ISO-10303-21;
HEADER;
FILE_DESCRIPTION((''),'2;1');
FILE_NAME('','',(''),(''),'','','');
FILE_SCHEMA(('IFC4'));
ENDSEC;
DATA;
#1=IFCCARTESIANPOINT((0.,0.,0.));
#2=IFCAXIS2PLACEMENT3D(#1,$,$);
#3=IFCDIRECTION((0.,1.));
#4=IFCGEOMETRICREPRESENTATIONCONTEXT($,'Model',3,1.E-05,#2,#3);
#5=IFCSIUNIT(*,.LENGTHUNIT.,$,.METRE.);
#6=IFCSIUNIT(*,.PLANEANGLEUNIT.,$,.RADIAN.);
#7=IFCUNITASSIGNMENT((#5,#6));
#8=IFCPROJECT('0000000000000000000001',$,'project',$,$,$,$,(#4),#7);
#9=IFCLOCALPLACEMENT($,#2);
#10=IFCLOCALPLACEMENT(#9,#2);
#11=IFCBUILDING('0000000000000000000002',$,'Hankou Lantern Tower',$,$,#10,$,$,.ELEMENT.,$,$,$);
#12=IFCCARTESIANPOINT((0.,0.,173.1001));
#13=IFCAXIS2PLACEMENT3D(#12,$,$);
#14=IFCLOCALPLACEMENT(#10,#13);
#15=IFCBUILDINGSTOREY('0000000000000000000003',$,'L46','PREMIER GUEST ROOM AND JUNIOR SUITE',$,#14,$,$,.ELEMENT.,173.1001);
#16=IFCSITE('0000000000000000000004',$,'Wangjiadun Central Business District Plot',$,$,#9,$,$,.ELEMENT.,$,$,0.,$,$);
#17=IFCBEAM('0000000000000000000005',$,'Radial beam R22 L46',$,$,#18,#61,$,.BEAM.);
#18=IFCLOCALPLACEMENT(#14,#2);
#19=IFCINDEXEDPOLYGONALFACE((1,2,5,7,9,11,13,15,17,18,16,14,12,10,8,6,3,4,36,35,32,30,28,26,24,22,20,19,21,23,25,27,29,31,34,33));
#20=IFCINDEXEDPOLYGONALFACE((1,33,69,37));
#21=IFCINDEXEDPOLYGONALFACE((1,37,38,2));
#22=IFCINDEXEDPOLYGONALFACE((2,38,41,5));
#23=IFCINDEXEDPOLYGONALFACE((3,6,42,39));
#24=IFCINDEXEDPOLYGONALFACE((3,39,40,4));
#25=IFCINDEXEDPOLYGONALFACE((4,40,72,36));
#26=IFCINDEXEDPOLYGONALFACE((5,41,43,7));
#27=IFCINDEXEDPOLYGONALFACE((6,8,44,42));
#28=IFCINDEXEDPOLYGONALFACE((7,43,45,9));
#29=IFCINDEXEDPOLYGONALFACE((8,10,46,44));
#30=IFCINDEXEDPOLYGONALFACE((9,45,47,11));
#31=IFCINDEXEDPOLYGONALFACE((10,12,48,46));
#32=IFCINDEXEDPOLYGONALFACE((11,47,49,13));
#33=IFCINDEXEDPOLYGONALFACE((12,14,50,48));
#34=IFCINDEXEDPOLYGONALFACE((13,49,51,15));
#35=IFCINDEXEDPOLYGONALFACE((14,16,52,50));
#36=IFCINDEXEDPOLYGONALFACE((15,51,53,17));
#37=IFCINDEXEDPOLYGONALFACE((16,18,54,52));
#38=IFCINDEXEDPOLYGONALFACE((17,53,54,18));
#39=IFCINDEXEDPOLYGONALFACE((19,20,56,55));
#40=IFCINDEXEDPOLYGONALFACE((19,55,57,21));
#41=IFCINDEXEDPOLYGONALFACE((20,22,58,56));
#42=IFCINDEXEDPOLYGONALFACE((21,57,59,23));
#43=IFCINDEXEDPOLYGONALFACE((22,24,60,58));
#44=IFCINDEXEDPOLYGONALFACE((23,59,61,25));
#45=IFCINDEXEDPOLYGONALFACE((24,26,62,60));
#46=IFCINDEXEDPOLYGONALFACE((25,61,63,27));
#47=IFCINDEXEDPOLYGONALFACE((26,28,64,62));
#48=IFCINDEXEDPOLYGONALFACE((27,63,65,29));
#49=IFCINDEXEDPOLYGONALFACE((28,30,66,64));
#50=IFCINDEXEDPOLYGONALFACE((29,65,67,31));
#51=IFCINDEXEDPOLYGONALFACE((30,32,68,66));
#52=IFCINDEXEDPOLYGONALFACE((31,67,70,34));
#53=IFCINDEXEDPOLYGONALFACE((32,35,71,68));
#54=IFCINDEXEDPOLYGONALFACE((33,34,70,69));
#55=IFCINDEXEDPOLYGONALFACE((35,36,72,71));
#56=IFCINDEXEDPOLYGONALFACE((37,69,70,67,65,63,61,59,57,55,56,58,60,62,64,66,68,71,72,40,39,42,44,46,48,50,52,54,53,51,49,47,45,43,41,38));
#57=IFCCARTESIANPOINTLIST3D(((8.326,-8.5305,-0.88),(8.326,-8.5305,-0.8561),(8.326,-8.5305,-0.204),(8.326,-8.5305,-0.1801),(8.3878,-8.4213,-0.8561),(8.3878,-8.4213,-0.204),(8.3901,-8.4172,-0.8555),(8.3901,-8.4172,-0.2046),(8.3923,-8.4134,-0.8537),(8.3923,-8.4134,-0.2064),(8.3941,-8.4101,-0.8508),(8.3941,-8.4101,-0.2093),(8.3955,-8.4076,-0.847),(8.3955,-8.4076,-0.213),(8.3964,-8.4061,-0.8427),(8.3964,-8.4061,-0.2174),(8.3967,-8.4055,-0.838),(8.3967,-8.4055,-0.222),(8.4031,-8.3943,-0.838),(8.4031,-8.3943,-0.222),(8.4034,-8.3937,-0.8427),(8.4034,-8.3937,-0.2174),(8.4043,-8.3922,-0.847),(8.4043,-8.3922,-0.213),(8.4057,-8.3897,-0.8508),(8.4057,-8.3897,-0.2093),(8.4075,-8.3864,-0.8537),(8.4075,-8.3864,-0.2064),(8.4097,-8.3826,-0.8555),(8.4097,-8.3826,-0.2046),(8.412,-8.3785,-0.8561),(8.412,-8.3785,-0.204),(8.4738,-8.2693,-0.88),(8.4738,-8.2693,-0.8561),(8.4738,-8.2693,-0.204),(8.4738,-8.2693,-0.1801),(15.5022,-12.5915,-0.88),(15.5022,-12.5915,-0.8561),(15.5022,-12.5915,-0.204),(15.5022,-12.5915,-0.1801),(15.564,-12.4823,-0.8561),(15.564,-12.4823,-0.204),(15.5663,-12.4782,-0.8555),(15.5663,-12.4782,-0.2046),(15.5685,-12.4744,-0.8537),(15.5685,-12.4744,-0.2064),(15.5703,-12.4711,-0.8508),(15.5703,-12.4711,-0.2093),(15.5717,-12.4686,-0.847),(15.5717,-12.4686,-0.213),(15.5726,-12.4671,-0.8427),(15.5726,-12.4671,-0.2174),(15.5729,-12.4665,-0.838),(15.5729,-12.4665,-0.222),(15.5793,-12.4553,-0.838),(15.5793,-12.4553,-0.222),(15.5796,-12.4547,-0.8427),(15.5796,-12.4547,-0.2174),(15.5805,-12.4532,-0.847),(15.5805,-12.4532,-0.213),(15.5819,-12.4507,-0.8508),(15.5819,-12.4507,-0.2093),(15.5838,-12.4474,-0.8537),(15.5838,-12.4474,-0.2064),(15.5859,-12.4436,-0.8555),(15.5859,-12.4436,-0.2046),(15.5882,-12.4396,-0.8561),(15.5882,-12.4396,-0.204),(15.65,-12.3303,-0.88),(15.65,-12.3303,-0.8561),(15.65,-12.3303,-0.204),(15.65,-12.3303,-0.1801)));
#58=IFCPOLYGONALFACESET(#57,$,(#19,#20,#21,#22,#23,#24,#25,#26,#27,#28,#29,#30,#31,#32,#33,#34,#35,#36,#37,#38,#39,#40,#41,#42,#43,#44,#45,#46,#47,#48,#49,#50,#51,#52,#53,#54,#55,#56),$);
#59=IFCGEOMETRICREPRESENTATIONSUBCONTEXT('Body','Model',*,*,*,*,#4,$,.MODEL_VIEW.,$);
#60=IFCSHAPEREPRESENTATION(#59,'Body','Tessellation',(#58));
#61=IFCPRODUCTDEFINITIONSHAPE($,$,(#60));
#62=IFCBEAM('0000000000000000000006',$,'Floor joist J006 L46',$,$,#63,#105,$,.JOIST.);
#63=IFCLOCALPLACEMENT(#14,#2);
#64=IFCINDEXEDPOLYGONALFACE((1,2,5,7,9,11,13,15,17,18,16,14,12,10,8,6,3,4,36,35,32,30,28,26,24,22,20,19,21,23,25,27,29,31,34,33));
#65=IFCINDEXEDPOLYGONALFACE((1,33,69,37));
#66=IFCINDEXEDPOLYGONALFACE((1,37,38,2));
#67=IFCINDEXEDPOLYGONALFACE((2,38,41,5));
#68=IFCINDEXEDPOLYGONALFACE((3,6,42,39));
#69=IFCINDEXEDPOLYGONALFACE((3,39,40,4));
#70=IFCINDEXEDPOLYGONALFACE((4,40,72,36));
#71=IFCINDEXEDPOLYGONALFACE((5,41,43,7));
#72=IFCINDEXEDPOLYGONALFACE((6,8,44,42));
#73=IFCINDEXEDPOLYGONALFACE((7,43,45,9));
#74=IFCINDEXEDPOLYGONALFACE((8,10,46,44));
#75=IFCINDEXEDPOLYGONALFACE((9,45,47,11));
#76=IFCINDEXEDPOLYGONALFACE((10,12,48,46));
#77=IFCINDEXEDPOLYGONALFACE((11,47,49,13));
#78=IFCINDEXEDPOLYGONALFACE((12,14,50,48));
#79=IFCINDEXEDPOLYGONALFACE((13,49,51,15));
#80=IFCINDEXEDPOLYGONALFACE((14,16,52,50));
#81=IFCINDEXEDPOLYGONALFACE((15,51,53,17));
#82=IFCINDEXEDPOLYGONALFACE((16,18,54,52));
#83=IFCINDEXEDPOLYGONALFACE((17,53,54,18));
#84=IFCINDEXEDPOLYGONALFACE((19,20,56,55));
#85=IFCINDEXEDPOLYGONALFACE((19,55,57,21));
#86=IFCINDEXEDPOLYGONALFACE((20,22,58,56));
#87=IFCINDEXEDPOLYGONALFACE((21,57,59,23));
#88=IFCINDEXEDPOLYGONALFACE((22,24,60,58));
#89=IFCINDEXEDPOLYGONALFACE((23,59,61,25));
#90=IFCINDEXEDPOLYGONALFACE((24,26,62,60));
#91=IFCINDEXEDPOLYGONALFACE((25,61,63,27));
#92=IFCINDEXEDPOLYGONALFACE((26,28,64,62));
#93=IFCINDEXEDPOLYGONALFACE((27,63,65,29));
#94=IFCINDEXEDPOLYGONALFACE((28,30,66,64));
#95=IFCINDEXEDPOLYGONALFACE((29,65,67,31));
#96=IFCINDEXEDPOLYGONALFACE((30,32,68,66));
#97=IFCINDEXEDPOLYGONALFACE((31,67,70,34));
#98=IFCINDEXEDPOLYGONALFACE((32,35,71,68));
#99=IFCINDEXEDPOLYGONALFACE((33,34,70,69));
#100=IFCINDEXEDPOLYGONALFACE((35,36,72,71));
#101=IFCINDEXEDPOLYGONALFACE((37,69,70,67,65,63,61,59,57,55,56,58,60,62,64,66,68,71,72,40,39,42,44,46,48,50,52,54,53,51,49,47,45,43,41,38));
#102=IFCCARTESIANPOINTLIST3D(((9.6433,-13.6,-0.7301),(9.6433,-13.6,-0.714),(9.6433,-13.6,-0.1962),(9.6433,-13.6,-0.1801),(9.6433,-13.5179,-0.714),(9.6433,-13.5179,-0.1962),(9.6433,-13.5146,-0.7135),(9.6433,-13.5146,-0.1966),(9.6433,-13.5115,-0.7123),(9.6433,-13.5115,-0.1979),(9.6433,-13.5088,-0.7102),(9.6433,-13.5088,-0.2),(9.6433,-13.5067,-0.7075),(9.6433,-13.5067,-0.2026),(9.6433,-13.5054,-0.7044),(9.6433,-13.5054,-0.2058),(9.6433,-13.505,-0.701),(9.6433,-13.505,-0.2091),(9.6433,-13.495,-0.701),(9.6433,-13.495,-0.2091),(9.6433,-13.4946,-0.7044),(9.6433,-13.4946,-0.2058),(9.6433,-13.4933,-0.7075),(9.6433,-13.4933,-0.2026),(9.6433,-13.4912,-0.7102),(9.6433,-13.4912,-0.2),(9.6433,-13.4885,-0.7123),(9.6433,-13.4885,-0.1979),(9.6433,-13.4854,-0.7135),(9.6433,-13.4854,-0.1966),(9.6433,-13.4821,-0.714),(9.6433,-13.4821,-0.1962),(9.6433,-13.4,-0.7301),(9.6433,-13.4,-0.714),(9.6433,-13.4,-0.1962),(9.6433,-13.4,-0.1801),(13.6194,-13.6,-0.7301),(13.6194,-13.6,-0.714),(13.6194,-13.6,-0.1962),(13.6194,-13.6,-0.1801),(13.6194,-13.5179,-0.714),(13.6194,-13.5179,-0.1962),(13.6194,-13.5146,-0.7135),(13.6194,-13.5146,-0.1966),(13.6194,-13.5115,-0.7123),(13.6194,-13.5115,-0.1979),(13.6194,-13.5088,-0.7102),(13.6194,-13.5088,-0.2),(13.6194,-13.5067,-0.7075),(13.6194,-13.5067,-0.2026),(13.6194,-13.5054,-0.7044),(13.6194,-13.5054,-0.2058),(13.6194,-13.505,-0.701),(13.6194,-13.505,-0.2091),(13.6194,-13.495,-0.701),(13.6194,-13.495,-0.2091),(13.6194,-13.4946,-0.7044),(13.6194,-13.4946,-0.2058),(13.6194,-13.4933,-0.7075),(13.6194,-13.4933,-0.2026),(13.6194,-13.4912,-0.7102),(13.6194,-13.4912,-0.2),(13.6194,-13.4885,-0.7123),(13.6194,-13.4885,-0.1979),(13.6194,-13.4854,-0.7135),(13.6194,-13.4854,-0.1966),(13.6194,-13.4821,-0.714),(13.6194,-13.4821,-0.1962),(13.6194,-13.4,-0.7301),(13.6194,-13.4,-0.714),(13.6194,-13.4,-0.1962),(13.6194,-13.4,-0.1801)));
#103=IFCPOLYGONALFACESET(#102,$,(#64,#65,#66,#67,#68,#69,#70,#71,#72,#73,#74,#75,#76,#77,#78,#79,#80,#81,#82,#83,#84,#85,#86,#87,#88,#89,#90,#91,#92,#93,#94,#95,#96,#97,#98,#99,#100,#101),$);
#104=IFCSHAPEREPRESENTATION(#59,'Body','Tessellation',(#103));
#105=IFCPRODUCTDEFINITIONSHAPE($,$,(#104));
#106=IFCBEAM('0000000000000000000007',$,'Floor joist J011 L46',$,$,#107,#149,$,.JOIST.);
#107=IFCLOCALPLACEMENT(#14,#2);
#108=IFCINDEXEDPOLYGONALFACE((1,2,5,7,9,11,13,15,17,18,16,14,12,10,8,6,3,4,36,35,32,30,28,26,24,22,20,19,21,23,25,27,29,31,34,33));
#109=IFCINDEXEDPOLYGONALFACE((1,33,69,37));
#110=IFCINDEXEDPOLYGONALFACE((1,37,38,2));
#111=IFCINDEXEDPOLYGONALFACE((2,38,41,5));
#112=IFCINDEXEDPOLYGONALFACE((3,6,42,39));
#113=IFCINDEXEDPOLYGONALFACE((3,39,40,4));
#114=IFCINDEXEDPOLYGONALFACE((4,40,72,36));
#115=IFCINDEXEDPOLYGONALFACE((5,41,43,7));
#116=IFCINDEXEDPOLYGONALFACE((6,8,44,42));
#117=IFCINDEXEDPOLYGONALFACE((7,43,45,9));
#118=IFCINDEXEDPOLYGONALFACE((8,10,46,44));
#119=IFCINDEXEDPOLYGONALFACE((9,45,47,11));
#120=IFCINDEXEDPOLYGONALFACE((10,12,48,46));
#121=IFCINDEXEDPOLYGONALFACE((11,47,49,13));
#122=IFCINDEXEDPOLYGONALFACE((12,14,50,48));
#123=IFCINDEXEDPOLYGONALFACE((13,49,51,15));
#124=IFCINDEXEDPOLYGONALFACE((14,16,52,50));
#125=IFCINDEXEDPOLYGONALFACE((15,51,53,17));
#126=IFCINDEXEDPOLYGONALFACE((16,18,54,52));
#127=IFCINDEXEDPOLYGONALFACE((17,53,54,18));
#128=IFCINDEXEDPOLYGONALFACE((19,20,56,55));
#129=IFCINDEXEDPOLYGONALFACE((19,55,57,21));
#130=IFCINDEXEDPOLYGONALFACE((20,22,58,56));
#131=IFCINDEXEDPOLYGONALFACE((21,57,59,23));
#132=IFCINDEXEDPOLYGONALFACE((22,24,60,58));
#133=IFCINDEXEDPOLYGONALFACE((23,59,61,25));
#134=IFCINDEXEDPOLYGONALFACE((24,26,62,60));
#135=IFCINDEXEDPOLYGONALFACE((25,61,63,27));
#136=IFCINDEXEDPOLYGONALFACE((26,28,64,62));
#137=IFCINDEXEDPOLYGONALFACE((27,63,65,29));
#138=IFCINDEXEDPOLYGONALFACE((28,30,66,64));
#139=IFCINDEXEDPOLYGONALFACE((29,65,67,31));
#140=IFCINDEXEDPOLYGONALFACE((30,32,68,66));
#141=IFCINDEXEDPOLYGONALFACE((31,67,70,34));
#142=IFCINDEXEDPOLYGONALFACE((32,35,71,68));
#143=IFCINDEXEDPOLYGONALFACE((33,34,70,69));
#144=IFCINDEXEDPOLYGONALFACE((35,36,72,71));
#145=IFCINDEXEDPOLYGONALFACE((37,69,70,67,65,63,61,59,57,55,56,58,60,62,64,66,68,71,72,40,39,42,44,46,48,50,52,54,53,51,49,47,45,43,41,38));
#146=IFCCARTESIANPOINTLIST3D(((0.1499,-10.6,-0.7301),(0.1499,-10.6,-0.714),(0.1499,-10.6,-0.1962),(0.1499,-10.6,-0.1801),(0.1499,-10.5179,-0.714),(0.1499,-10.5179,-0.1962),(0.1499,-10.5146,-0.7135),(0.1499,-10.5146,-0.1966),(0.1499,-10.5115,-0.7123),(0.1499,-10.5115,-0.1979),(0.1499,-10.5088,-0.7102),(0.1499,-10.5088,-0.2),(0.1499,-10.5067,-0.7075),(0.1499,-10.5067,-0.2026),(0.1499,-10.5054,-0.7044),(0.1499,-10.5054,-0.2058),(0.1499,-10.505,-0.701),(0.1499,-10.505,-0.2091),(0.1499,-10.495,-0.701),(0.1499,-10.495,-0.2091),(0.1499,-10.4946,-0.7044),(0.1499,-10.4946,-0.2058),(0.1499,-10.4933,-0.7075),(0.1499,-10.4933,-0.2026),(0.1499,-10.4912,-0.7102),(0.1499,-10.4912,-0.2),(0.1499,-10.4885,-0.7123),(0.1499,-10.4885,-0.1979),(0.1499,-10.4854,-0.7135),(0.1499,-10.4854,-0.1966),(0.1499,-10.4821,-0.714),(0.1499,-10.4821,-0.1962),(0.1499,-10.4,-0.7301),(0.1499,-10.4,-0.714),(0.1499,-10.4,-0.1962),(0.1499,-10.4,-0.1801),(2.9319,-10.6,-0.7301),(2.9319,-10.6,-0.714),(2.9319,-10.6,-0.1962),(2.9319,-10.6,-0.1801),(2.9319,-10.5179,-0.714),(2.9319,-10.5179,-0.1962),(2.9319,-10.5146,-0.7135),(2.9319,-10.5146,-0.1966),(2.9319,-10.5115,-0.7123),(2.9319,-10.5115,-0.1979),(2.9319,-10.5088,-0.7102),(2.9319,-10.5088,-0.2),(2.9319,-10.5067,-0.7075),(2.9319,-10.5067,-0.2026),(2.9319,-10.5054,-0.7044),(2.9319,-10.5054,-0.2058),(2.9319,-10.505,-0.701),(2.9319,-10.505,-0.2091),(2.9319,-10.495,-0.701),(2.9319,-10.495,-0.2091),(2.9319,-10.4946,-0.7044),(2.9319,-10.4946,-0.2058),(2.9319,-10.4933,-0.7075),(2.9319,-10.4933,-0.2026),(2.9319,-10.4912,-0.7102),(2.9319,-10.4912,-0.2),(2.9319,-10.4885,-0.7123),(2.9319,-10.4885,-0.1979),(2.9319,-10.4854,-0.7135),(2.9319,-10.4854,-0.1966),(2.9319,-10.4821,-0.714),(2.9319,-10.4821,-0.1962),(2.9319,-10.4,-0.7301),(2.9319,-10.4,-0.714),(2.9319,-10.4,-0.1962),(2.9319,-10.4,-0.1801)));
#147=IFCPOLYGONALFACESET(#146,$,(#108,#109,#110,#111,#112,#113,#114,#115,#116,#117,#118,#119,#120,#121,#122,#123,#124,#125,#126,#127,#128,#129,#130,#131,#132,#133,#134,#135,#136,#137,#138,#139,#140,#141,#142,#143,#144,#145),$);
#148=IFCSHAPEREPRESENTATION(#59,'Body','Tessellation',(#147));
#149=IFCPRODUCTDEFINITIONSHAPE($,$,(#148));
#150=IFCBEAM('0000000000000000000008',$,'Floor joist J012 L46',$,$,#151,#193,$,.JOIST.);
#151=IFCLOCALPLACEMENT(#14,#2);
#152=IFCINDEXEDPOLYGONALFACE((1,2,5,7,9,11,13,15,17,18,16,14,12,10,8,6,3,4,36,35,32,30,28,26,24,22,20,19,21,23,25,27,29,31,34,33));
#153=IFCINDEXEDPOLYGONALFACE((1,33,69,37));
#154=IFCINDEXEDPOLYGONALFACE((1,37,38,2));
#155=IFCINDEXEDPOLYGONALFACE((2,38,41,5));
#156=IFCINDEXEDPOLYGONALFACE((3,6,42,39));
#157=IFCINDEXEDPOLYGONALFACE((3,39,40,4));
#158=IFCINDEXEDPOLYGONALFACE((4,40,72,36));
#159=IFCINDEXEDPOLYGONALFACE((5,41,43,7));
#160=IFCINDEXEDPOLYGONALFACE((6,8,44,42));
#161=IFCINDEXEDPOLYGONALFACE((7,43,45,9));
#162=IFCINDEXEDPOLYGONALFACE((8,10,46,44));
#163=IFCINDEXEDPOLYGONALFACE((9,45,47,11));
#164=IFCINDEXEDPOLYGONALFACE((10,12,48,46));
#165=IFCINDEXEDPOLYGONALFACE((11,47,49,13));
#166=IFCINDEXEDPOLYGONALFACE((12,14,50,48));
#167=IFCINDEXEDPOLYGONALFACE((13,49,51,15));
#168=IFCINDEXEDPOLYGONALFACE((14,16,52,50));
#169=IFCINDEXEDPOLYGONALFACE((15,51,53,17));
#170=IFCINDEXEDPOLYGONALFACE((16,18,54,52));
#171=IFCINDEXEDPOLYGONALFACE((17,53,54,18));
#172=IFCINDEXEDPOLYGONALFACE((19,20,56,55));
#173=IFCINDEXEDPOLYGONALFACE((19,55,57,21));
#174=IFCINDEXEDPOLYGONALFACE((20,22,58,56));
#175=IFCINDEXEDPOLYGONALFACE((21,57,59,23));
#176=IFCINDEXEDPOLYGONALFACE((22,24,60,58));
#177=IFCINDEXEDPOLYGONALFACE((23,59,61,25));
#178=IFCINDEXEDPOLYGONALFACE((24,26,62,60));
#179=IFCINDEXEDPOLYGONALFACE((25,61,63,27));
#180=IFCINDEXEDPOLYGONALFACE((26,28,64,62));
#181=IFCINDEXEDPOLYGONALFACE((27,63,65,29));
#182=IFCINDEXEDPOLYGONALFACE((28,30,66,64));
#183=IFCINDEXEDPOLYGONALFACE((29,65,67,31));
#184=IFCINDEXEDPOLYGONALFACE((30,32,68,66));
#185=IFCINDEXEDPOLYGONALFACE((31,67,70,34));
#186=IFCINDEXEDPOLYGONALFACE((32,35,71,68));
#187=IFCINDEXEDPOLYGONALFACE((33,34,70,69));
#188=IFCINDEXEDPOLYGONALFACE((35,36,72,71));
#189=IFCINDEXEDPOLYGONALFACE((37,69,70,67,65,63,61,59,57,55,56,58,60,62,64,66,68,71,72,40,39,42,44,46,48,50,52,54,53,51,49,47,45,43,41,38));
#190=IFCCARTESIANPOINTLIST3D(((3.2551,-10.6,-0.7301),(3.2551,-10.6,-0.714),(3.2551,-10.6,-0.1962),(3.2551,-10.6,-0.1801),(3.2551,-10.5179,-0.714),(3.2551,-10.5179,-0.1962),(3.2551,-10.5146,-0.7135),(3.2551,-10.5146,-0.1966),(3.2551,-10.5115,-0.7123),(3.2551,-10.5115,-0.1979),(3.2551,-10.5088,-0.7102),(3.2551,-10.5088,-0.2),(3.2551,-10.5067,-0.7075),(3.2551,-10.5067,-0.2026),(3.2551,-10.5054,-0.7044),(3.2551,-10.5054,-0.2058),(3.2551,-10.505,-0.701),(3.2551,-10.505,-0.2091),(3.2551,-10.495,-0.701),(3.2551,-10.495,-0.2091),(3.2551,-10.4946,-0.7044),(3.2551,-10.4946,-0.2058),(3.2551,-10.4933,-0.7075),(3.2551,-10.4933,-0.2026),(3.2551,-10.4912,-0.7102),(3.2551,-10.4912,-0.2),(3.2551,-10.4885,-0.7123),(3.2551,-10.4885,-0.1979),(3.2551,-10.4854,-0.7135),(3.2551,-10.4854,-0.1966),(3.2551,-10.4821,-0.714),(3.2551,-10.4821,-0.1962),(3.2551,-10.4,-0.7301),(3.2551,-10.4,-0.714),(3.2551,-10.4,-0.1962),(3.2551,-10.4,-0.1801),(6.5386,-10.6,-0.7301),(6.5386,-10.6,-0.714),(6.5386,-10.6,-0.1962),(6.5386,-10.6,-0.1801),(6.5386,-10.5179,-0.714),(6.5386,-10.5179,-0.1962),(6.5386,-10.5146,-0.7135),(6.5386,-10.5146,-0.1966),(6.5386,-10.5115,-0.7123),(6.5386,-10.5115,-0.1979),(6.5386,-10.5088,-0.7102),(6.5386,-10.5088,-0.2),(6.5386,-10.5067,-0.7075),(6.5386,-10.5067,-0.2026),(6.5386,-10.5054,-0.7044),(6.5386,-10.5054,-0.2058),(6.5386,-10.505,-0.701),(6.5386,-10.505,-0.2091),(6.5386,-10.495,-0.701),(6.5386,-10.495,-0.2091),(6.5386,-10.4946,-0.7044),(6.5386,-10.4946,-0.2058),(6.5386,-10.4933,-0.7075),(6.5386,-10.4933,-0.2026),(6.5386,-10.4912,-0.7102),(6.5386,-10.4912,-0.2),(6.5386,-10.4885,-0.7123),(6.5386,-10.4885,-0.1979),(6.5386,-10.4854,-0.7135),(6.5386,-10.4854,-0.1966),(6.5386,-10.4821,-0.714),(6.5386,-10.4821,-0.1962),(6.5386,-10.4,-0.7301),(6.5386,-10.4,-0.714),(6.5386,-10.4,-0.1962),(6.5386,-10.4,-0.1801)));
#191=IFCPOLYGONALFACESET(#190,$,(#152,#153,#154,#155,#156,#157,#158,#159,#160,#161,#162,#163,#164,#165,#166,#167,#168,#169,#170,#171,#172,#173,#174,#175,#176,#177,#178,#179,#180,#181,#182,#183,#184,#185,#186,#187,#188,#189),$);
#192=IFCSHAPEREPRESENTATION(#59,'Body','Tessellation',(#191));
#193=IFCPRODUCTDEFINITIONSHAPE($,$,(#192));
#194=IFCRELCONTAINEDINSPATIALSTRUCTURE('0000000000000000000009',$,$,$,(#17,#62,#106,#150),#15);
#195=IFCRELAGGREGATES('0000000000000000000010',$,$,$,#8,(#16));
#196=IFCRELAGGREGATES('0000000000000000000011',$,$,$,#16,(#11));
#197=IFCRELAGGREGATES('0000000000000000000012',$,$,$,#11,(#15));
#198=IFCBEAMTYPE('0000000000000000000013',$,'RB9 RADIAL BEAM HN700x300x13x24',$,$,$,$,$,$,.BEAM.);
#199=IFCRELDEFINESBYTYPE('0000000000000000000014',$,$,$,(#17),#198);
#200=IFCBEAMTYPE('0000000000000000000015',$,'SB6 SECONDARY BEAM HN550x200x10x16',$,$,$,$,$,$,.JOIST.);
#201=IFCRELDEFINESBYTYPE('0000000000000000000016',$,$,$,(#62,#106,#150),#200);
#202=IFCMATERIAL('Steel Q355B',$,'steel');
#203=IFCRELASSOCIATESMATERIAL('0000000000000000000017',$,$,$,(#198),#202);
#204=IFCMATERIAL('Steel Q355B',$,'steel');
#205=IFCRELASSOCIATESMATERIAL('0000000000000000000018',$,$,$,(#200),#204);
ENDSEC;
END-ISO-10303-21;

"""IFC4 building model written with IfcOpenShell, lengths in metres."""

from ifc_helpers import new_model, si_unit, direction, frame, origin, origin_2d, place, context, subcontext, project, spatial, i_section, extrude, material, material_profile, profile_set, type_object, element, save


model = new_model("IFC4")

# Units and contexts
model_context = context("Model", 3, precision=1e-05, world=origin(), true_north=direction((0.0, 1.0)))
body_context = subcontext(model_context, "Body", "Model", "MODEL_VIEW")
ifc_project = project(units=[si_unit("LENGTHUNIT", "METRE"), si_unit("PLANEANGLEUNIT", "RADIAN")], contexts=[model_context])

# Site, building, storey
site_placement = place(None, origin())
site = spatial("IfcSite", under=ifc_project, at=site_placement, Name="Wangjiadun Central Business District Plot", CompositionType="ELEMENT", RefElevation=0.0)
building_placement = place(site_placement, origin())
building = spatial("IfcBuilding", under=site, at=building_placement, Name="Hankou Lantern Tower", CompositionType="ELEMENT")
storey_placement = place(building_placement, frame((0.0, 0.0, 173.1001)))
storey = spatial("IfcBuildingStorey", under=building, at=storey_placement, Name="L46", Description="PREMIER GUEST ROOM AND JUNIOR SUITE", CompositionType="ELEMENT", Elevation=173.1001)

# Beams
ifc_material_1 = material(Name="Steel Q355B", Category="steel")
ifc_material_profile_1 = material_profile(ifc_material_1, i_section(OverallWidth=0.3, OverallDepth=0.7, WebThickness=0.0129, FlangeThickness=0.0239, FilletRadius=0.0181, at=origin_2d()), Name="HN700x300x13x24")
ifc_profile_set_1 = profile_set([ifc_material_profile_1], Name="Steel Q355B")
beam_type_1 = type_object("IfcBeamType", Name="RB9 RADIAL BEAM HN700x300x13x24", PredefinedType="BEAM", material=ifc_profile_set_1)
beam_1_placement = place(storey_placement, frame((8.3999, -8.3999, -0.53), z_axis=(0.870309, -0.492506, 0.0), x_axis=(0.492506, 0.870309, 0.0)))
element("IfcBeam", 1, at=beam_1_placement, inside=storey, type_object=beam_type_1, Name="Radial beam R22 L46", PredefinedType="BEAM", context=body_context, shape_type="SweptSolid", body=[
    extrude(i_section(OverallWidth=0.3, OverallDepth=0.7, WebThickness=0.0129, FlangeThickness=0.0239, FilletRadius=0.0181, at=origin_2d()), origin(), (0.0, 0.0, 1.0), 8.2456),
])
ifc_material_2 = material(Name="Steel Q355B", Category="steel")
ifc_material_profile_2 = material_profile(ifc_material_2, i_section(OverallWidth=0.2, OverallDepth=0.55, WebThickness=0.01, FlangeThickness=0.0161, FilletRadius=0.0129, at=origin_2d()), Name="HN550x200x10x16")
ifc_profile_set_2 = profile_set([ifc_material_profile_2], Name="Steel Q355B")
beam_type_2 = type_object("IfcBeamType", Name="SB6 SECONDARY BEAM HN550x200x10x16", PredefinedType="JOIST", material=ifc_profile_set_2)
beam_2_placement = place(storey_placement, frame((9.6433, -13.5, -0.4551), z_axis=(1.0, 0.0, 0.0), x_axis=(0.0, 1.0, 0.0)))
element("IfcBeam", 2, at=beam_2_placement, inside=storey, type_object=beam_type_2, Name="Floor joist J006 L46", PredefinedType="JOIST", context=body_context, shape_type="SweptSolid", body=[
    extrude(i_section(OverallWidth=0.2, OverallDepth=0.55, WebThickness=0.01, FlangeThickness=0.0161, FilletRadius=0.0129, at=origin_2d()), origin(), (0.0, 0.0, 1.0), 3.9761),
])
beam_3_placement = place(storey_placement, frame((0.1499, -10.5, -0.4551), z_axis=(1.0, 0.0, 0.0), x_axis=(0.0, 1.0, 0.0)))
element("IfcBeam", 3, at=beam_3_placement, inside=storey, type_object=beam_type_2, Name="Floor joist J011 L46", PredefinedType="JOIST", context=body_context, shape_type="SweptSolid", body=[
    extrude(i_section(OverallWidth=0.2, OverallDepth=0.55, WebThickness=0.01, FlangeThickness=0.0161, FilletRadius=0.0129, at=origin_2d()), origin(), (0.0, 0.0, 1.0), 2.782),
])
beam_4_placement = place(storey_placement, frame((3.2551, -10.5, -0.4551), z_axis=(1.0, 0.0, 0.0), x_axis=(0.0, 1.0, 0.0)))
element("IfcBeam", 4, at=beam_4_placement, inside=storey, type_object=beam_type_2, Name="Floor joist J012 L46", PredefinedType="JOIST", context=body_context, shape_type="SweptSolid", body=[
    extrude(i_section(OverallWidth=0.2, OverallDepth=0.55, WebThickness=0.01, FlangeThickness=0.0161, FilletRadius=0.0129, at=origin_2d()), origin(), (0.0, 0.0, 1.0), 3.2834),
])

save(model, "model.ifc")
